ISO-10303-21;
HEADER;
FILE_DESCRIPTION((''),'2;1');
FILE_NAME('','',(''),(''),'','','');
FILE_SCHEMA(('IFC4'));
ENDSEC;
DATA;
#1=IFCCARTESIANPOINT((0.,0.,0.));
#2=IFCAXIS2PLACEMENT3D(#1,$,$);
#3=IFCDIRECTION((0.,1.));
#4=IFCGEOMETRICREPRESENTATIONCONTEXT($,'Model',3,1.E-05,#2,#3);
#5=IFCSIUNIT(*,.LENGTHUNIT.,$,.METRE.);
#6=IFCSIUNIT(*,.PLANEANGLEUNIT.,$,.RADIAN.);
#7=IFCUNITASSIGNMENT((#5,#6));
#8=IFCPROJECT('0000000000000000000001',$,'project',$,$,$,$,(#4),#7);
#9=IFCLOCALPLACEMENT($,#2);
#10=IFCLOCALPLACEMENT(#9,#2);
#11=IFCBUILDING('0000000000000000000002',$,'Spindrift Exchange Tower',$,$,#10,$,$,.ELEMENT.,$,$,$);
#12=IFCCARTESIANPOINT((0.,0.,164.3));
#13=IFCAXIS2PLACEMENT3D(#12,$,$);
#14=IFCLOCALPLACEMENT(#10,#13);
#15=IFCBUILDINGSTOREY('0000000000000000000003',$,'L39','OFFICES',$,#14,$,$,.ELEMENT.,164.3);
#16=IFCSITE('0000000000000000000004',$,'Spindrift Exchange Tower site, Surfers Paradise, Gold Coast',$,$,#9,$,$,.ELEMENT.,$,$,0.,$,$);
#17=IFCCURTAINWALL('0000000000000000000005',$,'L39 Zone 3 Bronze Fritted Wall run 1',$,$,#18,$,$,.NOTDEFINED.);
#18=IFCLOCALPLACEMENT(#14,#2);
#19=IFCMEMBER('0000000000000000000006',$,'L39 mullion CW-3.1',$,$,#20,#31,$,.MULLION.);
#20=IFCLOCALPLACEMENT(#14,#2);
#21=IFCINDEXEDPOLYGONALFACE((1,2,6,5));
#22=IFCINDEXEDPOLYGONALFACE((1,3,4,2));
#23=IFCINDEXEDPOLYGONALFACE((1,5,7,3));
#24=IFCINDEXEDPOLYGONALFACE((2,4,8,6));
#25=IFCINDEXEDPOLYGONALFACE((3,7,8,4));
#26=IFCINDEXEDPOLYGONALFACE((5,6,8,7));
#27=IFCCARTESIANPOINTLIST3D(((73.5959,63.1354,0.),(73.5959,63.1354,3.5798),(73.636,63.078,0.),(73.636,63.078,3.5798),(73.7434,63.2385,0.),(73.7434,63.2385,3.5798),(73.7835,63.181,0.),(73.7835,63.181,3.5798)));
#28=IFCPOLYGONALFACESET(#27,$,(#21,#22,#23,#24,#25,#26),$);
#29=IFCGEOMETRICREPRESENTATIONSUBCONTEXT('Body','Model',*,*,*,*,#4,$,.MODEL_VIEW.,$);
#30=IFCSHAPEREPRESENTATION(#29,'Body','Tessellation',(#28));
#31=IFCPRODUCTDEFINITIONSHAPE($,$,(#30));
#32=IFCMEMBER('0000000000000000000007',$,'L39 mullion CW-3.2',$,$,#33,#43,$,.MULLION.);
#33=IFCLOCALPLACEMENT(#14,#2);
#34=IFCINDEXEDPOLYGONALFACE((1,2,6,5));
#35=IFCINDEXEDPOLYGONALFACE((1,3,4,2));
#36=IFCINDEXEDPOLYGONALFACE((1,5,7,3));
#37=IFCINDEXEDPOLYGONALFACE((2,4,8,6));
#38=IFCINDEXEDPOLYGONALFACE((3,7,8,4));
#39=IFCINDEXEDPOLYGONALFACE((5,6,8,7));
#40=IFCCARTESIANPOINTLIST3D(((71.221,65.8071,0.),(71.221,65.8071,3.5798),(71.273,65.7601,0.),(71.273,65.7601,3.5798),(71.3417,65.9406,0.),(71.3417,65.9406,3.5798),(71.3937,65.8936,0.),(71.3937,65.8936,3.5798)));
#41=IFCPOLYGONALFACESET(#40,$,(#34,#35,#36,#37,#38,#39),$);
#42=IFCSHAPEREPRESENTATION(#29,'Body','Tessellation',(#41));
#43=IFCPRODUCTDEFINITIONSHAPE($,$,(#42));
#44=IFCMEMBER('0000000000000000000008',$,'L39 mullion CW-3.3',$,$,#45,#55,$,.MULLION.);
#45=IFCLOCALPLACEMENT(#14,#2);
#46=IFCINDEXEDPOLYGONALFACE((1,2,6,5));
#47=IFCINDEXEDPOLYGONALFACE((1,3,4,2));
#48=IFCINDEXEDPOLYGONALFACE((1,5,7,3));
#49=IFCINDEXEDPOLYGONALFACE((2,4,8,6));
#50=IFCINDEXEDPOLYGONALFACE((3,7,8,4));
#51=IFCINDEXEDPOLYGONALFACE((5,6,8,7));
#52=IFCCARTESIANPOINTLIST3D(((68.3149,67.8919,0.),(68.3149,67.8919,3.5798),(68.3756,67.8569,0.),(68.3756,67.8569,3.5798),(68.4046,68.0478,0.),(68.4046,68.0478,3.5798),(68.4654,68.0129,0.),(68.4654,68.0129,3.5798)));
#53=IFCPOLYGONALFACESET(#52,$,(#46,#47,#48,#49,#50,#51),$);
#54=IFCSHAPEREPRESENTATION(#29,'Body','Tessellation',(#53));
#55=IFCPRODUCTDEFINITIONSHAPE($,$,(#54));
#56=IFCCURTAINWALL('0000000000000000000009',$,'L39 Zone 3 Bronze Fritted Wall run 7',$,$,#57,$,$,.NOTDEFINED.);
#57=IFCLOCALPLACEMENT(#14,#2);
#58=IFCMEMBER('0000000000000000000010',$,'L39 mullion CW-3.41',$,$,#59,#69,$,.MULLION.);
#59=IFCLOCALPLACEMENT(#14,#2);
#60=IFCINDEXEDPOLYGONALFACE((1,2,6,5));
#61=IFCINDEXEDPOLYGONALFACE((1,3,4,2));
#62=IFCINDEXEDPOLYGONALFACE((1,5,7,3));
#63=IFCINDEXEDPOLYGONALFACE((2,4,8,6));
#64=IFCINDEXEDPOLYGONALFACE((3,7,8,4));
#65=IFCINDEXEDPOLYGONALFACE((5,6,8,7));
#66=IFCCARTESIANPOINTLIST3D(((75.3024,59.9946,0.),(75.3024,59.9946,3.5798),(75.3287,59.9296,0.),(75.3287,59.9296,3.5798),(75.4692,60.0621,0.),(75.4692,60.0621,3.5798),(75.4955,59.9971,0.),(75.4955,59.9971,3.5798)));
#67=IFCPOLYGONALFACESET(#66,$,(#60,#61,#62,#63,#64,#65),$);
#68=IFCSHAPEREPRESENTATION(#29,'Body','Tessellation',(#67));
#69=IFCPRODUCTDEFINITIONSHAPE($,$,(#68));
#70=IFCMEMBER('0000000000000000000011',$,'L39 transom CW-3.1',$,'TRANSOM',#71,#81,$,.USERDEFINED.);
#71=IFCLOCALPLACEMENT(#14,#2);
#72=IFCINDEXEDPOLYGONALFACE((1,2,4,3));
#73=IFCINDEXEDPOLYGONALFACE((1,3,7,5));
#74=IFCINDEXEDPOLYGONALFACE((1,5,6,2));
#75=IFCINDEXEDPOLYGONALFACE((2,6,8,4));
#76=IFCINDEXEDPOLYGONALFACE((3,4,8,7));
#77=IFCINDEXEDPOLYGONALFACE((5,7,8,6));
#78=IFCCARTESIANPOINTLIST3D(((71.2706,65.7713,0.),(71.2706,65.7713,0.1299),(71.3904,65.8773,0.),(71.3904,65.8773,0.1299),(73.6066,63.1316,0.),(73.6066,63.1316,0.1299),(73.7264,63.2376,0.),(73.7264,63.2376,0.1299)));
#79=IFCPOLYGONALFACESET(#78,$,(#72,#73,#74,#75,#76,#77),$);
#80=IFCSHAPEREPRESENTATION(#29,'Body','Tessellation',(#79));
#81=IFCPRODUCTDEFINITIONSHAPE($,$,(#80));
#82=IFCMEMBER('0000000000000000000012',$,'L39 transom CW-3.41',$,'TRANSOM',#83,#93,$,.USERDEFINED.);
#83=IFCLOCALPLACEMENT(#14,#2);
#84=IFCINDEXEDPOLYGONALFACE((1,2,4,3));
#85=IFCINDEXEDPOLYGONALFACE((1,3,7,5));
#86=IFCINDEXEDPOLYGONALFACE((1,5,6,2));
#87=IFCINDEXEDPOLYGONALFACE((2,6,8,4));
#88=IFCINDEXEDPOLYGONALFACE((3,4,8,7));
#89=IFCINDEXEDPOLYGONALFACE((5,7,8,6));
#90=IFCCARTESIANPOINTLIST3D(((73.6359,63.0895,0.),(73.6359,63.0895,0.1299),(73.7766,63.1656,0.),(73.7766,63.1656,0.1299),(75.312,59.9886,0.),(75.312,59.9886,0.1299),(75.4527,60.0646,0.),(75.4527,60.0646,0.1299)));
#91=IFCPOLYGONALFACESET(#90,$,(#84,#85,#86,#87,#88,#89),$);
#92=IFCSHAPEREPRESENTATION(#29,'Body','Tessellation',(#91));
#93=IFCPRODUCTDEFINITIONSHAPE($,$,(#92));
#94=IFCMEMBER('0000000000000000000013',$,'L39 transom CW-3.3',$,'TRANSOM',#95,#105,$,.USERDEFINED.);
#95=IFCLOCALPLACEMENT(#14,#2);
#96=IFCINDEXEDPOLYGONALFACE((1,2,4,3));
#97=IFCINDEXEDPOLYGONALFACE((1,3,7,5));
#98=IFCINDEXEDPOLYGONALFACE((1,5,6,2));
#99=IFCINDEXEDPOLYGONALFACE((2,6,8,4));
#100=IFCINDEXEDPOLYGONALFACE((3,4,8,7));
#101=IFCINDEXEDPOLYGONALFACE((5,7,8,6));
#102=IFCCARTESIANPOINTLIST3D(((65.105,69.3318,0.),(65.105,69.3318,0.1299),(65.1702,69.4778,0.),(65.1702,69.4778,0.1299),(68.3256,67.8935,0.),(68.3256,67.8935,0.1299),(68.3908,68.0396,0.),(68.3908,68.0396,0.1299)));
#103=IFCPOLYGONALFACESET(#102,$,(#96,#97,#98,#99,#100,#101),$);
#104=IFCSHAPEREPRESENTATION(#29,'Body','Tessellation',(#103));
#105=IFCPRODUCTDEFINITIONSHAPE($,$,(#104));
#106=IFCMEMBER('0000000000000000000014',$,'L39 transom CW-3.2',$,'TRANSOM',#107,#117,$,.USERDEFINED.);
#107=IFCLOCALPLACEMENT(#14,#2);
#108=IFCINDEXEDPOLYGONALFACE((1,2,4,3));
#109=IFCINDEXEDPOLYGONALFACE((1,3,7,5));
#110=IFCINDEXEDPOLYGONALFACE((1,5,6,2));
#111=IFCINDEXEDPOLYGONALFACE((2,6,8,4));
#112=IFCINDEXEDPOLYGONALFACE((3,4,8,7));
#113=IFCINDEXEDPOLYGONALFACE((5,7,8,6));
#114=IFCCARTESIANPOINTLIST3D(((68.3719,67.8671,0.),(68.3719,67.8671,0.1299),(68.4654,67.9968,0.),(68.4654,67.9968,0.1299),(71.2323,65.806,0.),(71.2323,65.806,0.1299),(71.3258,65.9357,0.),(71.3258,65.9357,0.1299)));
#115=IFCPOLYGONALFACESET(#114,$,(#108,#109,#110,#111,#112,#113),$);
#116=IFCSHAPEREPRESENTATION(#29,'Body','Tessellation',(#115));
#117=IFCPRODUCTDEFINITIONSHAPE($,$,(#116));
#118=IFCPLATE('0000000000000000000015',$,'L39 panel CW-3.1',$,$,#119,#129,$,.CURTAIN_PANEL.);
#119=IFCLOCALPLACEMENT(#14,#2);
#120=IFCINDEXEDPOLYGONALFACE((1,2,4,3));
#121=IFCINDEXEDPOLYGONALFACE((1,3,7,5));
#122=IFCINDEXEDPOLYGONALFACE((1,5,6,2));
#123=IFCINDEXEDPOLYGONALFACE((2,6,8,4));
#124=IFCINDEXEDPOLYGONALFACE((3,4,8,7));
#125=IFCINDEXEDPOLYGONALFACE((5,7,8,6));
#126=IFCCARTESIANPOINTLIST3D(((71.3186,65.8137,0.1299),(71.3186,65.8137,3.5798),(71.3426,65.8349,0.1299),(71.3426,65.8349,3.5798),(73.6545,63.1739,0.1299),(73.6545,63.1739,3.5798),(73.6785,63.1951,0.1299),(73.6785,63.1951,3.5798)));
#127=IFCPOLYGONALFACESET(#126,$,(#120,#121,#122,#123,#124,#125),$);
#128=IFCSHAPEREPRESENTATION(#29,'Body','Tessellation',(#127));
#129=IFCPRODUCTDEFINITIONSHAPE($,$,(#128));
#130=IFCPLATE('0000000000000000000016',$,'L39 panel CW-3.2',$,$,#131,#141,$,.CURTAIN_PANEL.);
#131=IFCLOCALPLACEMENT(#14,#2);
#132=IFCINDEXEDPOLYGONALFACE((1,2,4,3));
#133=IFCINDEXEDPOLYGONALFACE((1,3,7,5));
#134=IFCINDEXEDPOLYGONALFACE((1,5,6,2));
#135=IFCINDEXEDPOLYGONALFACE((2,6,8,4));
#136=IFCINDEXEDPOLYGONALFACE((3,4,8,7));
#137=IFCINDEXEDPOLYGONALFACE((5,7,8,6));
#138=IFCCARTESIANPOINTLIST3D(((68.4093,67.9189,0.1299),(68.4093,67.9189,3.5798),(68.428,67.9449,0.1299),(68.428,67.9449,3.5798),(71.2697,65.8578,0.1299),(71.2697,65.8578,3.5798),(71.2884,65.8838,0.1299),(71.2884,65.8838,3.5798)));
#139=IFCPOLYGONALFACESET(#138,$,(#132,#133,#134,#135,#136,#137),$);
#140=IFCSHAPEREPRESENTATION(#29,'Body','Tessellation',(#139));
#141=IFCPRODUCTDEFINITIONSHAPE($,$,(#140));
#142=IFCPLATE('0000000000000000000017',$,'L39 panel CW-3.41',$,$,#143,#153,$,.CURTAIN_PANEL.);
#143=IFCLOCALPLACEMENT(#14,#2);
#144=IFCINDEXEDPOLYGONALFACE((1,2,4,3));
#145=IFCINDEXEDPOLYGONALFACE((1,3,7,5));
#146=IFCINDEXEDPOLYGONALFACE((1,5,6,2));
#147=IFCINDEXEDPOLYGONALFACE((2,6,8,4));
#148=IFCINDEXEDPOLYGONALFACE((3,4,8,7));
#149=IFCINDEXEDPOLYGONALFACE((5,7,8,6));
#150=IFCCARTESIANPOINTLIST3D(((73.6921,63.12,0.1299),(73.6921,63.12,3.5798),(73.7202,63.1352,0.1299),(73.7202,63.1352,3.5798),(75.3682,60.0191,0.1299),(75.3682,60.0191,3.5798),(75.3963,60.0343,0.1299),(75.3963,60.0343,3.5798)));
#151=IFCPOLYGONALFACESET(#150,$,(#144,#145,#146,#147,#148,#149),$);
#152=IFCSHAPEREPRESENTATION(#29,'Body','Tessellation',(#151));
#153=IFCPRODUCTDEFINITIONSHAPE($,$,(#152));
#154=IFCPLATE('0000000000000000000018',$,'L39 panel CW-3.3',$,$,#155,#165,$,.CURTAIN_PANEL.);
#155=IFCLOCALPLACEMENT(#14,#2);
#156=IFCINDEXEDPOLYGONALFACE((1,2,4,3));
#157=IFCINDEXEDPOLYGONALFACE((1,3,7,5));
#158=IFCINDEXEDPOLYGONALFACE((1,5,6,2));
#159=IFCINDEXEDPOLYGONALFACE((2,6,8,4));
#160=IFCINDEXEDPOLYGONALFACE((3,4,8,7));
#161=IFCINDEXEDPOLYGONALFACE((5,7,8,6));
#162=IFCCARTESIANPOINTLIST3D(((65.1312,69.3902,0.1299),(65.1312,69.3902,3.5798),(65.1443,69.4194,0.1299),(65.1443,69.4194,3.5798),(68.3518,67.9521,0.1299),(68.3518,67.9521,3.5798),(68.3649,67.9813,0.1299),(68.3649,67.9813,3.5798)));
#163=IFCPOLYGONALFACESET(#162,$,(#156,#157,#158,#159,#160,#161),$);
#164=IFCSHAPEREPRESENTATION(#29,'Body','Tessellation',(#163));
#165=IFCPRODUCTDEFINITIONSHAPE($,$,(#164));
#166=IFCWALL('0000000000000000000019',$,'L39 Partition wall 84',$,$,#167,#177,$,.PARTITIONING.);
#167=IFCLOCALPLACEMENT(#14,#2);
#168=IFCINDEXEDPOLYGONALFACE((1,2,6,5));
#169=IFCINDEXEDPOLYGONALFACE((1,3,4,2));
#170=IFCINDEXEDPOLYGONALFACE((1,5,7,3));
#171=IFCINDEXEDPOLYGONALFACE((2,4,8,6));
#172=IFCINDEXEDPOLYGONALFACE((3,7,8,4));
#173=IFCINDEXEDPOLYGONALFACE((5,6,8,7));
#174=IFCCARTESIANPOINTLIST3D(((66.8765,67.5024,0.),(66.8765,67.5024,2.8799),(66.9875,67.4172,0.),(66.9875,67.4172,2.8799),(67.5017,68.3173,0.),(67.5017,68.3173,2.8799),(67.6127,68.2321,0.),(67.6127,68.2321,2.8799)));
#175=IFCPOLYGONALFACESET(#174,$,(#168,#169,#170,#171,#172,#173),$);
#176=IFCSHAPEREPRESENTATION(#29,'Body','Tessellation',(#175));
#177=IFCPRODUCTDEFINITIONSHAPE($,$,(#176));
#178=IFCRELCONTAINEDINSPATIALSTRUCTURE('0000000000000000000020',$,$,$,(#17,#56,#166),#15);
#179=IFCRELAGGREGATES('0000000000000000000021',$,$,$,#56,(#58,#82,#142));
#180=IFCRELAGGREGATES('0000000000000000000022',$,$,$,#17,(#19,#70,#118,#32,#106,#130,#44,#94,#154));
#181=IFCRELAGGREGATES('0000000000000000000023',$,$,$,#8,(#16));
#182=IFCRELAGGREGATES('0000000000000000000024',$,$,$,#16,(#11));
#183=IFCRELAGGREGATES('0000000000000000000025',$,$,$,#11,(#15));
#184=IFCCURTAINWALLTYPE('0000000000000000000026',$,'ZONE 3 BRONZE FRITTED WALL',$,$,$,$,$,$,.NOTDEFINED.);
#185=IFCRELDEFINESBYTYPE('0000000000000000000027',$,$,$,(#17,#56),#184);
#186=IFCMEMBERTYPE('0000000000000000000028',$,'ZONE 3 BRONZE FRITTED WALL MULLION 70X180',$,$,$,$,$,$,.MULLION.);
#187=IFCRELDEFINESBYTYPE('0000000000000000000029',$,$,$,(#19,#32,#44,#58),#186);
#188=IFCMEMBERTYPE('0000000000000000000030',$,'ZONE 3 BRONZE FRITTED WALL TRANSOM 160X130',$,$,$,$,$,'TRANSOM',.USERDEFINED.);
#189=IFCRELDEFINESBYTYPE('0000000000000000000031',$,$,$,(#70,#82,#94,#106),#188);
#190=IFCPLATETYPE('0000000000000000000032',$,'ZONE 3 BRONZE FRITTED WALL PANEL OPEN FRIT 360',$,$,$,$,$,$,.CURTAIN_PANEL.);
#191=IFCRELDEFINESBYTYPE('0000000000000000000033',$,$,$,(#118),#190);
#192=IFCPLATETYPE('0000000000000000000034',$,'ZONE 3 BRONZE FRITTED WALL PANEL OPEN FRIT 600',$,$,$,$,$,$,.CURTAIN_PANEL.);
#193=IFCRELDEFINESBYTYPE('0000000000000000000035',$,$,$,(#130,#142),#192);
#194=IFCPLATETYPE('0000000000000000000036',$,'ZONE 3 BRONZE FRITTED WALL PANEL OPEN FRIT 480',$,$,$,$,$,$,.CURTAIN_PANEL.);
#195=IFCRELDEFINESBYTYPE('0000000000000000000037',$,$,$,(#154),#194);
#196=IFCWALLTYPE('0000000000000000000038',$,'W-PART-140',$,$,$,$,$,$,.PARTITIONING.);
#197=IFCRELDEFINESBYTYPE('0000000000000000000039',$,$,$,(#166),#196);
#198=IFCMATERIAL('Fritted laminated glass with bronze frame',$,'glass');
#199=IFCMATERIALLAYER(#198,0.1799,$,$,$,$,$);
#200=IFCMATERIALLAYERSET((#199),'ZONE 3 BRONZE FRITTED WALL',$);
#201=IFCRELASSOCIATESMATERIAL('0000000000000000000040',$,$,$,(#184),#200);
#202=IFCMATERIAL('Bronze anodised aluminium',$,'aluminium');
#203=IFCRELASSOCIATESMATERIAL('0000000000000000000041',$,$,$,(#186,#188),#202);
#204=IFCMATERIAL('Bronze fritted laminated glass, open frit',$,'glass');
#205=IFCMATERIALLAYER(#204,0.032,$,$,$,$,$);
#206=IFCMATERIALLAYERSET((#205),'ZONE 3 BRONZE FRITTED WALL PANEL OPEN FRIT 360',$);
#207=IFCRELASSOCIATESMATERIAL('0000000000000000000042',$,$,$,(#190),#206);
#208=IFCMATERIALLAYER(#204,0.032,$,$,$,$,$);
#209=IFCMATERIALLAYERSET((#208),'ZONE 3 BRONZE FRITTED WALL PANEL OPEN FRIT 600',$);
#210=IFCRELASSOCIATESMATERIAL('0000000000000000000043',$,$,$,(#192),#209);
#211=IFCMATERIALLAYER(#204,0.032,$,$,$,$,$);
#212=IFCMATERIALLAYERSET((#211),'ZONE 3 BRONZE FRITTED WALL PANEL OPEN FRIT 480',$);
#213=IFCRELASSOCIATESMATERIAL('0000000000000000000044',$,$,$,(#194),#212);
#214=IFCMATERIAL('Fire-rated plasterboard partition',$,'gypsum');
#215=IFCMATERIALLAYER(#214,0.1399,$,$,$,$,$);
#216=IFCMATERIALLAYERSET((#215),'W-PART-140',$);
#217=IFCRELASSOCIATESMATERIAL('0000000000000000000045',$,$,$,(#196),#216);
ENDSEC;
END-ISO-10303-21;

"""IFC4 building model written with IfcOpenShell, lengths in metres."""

from ifc_helpers import new_model, si_unit, direction, frame, frame_2d, origin, origin_2d, place, context, subcontext, project, spatial, rectangle, extrude, source, transform, mapped, material, layer, layer_set, material_profile, profile_set, type_object, element, aggregate, save


model = new_model("IFC4")

# Units and contexts
model_context = context("Model", 3, precision=1e-05, world=origin(), true_north=direction((0.0, 1.0)))
body_context = subcontext(model_context, "Body", "Model", "MODEL_VIEW")
ifc_project = project(units=[si_unit("LENGTHUNIT", "METRE"), si_unit("PLANEANGLEUNIT", "RADIAN")], contexts=[model_context])

# Site, building, storey
site_placement = place(None, origin())
site = spatial("IfcSite", under=ifc_project, at=site_placement, Name="Spindrift Exchange Tower site, Surfers Paradise, Gold Coast", CompositionType="ELEMENT", RefElevation=0.0)
building_placement = place(site_placement, origin())
building = spatial("IfcBuilding", under=site, at=building_placement, Name="Spindrift Exchange Tower", CompositionType="ELEMENT")
storey_placement = place(building_placement, frame((0.0, 0.0, 164.3)))
storey = spatial("IfcBuildingStorey", under=building, at=storey_placement, Name="L39", Description="OFFICES", CompositionType="ELEMENT", Elevation=164.3)

# Curtain wall, members
ifc_material_1 = material(Name="Fritted laminated glass with bronze frame", Category="glass")
ifc_layer_1 = layer(ifc_material_1, 0.1799)
ifc_layer_set_1 = layer_set([ifc_layer_1], Name="ZONE 3 BRONZE FRITTED WALL")
curtain_wall_type = type_object("IfcCurtainWallType", Name="ZONE 3 BRONZE FRITTED WALL", PredefinedType="NOTDEFINED", material=ifc_layer_set_1)
curtain_wall_1_placement = place(storey_placement, origin())
curtain_wall_1 = element("IfcCurtainWall", 1, at=curtain_wall_1_placement, inside=storey, type_object=curtain_wall_type, Name="L39 Zone 3 Bronze Fritted Wall run 1", PredefinedType="NOTDEFINED")
ifc_material_2 = material(Name="Bronze anodised aluminium", Category="aluminium")
ifc_material_profile_1 = material_profile(ifc_material_2, rectangle(XDim=0.0701, YDim=0.1799, at=origin_2d()), Name="ZONE 3 BRONZE FRITTED WALL MULLION 70X180")
ifc_profile_set_1 = profile_set([ifc_material_profile_1], Name="Bronze anodised aluminium")
member_type_1 = type_object("IfcMemberType", Name="ZONE 3 BRONZE FRITTED WALL MULLION 70X180", PredefinedType="MULLION", material=ifc_profile_set_1)
shared_shape_1 = source(origin(), body_context, "Body", "SweptSolid", [
    extrude(rectangle(XDim=0.0701, YDim=0.1799, at=origin_2d()), origin(), (0.0, 0.0, 1.0), 3.5798),
])
member_1_placement = place(storey_placement, frame((73.6897, 63.1582, 0.0), z_axis=(0.0, 0.0, 1.0), x_axis=(-0.572838, 0.819669, 0.0)))
member_1 = element("IfcMember", 2, at=member_1_placement, type_object=member_type_1, Name="L39 mullion CW-3.1", PredefinedType="MULLION", context=body_context, shape_type="MappedRepresentation", body=[
    mapped(shared_shape_1, transform((0.0, 0.0, 0.0), scale=1.0)),
])
member_2_placement = place(storey_placement, frame((71.3074, 65.8503, 0.0), z_axis=(0.0, 0.0, 1.0), x_axis=(-0.741568, 0.670877, 0.0)))
member_2 = element("IfcMember", 3, at=member_2_placement, type_object=member_type_1, Name="L39 mullion CW-3.2", PredefinedType="MULLION", context=body_context, shape_type="MappedRepresentation", body=[
    mapped(shared_shape_1, transform((0.0, 0.0, 0.0), scale=1.0)),
])
member_3_placement = place(storey_placement, frame((68.3901, 67.9524, 0.0), z_axis=(0.0, 0.0, 1.0), x_axis=(-0.866735, 0.498769, 0.0)))
member_3 = element("IfcMember", 4, at=member_3_placement, type_object=member_type_1, Name="L39 mullion CW-3.3", PredefinedType="MULLION", context=body_context, shape_type="MappedRepresentation", body=[
    mapped(shared_shape_1, transform((0.0, 0.0, 0.0), scale=1.0)),
])

# Curtain wall, member
curtain_wall_2_placement = place(storey_placement, origin())
curtain_wall_2 = element("IfcCurtainWall", 5, at=curtain_wall_2_placement, inside=storey, type_object=curtain_wall_type, Name="L39 Zone 3 Bronze Fritted Wall run 7", PredefinedType="NOTDEFINED")
member_4_placement = place(storey_placement, frame((75.3989, 59.9958, 0.0), z_axis=(0.0, 0.0, 1.0), x_axis=(-0.375124, 0.926975, 0.0)))
member_4 = element("IfcMember", 6, at=member_4_placement, type_object=member_type_1, Name="L39 mullion CW-3.41", PredefinedType="MULLION", context=body_context, shape_type="MappedRepresentation", body=[
    mapped(shared_shape_1, transform((0.0, 0.0, 0.0), scale=1.0)),
])

# Members
ifc_material_profile_2 = material_profile(ifc_material_2, rectangle(XDim=0.1599, YDim=0.1299, at=origin_2d()), Name="ZONE 3 BRONZE FRITTED WALL TRANSOM 160X130")
ifc_profile_set_2 = profile_set([ifc_material_profile_2], Name="Bronze anodised aluminium")
member_type_2 = type_object("IfcMemberType", Name="ZONE 3 BRONZE FRITTED WALL TRANSOM 160X130", ElementType="TRANSOM", PredefinedType="USERDEFINED", material=ifc_profile_set_2)
shared_shape_2 = source(origin(), body_context, "Body", "SweptSolid", [
    extrude(rectangle(XDim=0.1599, YDim=0.1299, at=origin_2d()), origin(), (0.0, 0.0, 1.0), 3.5249),
])
member_5_placement = place(storey_placement, frame((73.6665, 63.1846, 0.0649), z_axis=(-0.662711, 0.748875, 0.0), x_axis=(-0.748875, -0.662711, 0.0)))
member_5 = element("IfcMember", 7, at=member_5_placement, type_object=member_type_2, Name="L39 transom CW-3.1", ObjectType="TRANSOM", PredefinedType="USERDEFINED", context=body_context, shape_type="MappedRepresentation", body=[
    mapped(shared_shape_2, transform((0.0, 0.0, 0.0), scale=1.0)),
])
member_6_placement = place(storey_placement, frame((75.3823, 60.0266, 0.0649), z_axis=(-0.475495, 0.879718, 0.0), x_axis=(-0.879718, -0.475495, 0.0)))
member_6 = element("IfcMember", 8, at=member_6_placement, type_object=member_type_2, Name="L39 transom CW-3.41", ObjectType="TRANSOM", PredefinedType="USERDEFINED", context=body_context, shape_type="MappedRepresentation", body=[
    mapped(shared_shape_2, transform((0.0, 0.0, 0.0), scale=1.0)),
])
shared_shape_3 = source(origin(), body_context, "Body", "SweptSolid", [
    extrude(rectangle(XDim=0.1599, YDim=0.1299, at=origin_2d()), origin(), (0.0, 0.0, 1.0), 3.5271),
])
member_7_placement = place(storey_placement, frame((68.3582, 67.9666, 0.0649), z_axis=(-0.913082, 0.407776, 0.0), x_axis=(-0.407776, -0.913082, 0.0)))
member_7 = element("IfcMember", 9, at=member_7_placement, type_object=member_type_2, Name="L39 transom CW-3.3", ObjectType="TRANSOM", PredefinedType="USERDEFINED", context=body_context, shape_type="MappedRepresentation", body=[
    mapped(shared_shape_3, transform((0.0, 0.0, 0.0), scale=1.0)),
])
shared_shape_4 = source(origin(), body_context, "Body", "SweptSolid", [
    extrude(rectangle(XDim=0.1599, YDim=0.1299, at=origin_2d()), origin(), (0.0, 0.0, 1.0), 3.5256),
])
member_8_placement = place(storey_placement, frame((71.2791, 65.8708, 0.0649), z_axis=(-0.811322, 0.5846, 0.0), x_axis=(-0.5846, -0.811322, 0.0)))
member_8 = element("IfcMember", 10, at=member_8_placement, type_object=member_type_2, Name="L39 transom CW-3.2", ObjectType="TRANSOM", PredefinedType="USERDEFINED", context=body_context, shape_type="MappedRepresentation", body=[
    mapped(shared_shape_4, transform((0.0, 0.0, 0.0), scale=1.0)),
])

# Plates
ifc_material_3 = material(Name="Bronze fritted laminated glass, open frit", Category="glass")
ifc_layer_2 = layer(ifc_material_3, 0.032)
ifc_layer_set_2 = layer_set([ifc_layer_2], Name="ZONE 3 BRONZE FRITTED WALL PANEL OPEN FRIT 360")
plate_type_1 = type_object("IfcPlateType", Name="ZONE 3 BRONZE FRITTED WALL PANEL OPEN FRIT 360", PredefinedType="CURTAIN_PANEL", material=ifc_layer_set_2)
shared_shape_5 = source(origin(), body_context, "Body", "SweptSolid", [
    extrude(rectangle(XDim=3.5249, YDim=0.032, at=origin_2d()), origin(), (0.0, 0.0, 1.0), 3.45),
])
plate_1_placement = place(storey_placement, frame((72.4985, 64.5044, 0.1299), z_axis=(0.0, 0.0, 1.0), x_axis=(-0.662687, 0.748897, 0.0)))
plate_1 = element("IfcPlate", 11, at=plate_1_placement, type_object=plate_type_1, Name="L39 panel CW-3.1", PredefinedType="CURTAIN_PANEL", context=body_context, shape_type="MappedRepresentation", body=[
    mapped(shared_shape_5, transform((0.0, 0.0, 0.0), scale=1.0)),
])
ifc_layer_3 = layer(ifc_material_3, 0.032)
ifc_layer_set_3 = layer_set([ifc_layer_3], Name="ZONE 3 BRONZE FRITTED WALL PANEL OPEN FRIT 600")
plate_type_2 = type_object("IfcPlateType", Name="ZONE 3 BRONZE FRITTED WALL PANEL OPEN FRIT 600", PredefinedType="CURTAIN_PANEL", material=ifc_layer_set_3)
shared_shape_6 = source(origin(), body_context, "Body", "SweptSolid", [
    extrude(rectangle(XDim=3.5256, YDim=0.032, at=origin_2d()), origin(), (0.0, 0.0, 1.0), 3.45),
])
plate_2_placement = place(storey_placement, frame((69.8489, 66.9014, 0.1299), z_axis=(0.0, 0.0, 1.0), x_axis=(-0.811321, 0.584601, 0.0)))
plate_2 = element("IfcPlate", 12, at=plate_2_placement, type_object=plate_type_2, Name="L39 panel CW-3.2", PredefinedType="CURTAIN_PANEL", context=body_context, shape_type="MappedRepresentation", body=[
    mapped(shared_shape_6, transform((0.0, 0.0, 0.0), scale=1.0)),
])
shared_shape_7 = source(origin(), body_context, "Body", "SweptSolid", [
    extrude(rectangle(XDim=3.5249, YDim=0.032, at=origin_2d()), origin(), (0.0, 0.0, 1.0), 3.45),
])
plate_3_placement = place(storey_placement, frame((74.5442, 61.5771, 0.1299), z_axis=(0.0, 0.0, 1.0), x_axis=(-0.475494, 0.879719, 0.0)))
plate_3 = element("IfcPlate", 13, at=plate_3_placement, type_object=plate_type_2, Name="L39 panel CW-3.41", PredefinedType="CURTAIN_PANEL", context=body_context, shape_type="MappedRepresentation", body=[
    mapped(shared_shape_7, transform((0.0, 0.0, 0.0), scale=1.0)),
])
aggregate(curtain_wall_2, [member_4, member_6, plate_3])
ifc_layer_4 = layer(ifc_material_3, 0.032)
ifc_layer_set_4 = layer_set([ifc_layer_4], Name="ZONE 3 BRONZE FRITTED WALL PANEL OPEN FRIT 480")
plate_type_3 = type_object("IfcPlateType", Name="ZONE 3 BRONZE FRITTED WALL PANEL OPEN FRIT 480", PredefinedType="CURTAIN_PANEL", material=ifc_layer_set_4)
shared_shape_8 = source(origin(), body_context, "Body", "SweptSolid", [
    extrude(rectangle(XDim=3.5271, YDim=0.032, at=origin_2d()), origin(), (0.0, 0.0, 1.0), 3.45),
])
plate_4_placement = place(storey_placement, frame((66.748, 68.6858, 0.1299), z_axis=(0.0, 0.0, 1.0), x_axis=(-0.913102, 0.407731, 0.0)))
plate_4 = element("IfcPlate", 14, at=plate_4_placement, type_object=plate_type_3, Name="L39 panel CW-3.3", PredefinedType="CURTAIN_PANEL", context=body_context, shape_type="MappedRepresentation", body=[
    mapped(shared_shape_8, transform((0.0, 0.0, 0.0), scale=1.0)),
])
aggregate(curtain_wall_1, [member_1, member_5, plate_1, member_2, member_8, plate_2, member_3, member_7, plate_4])

# Wall
ifc_material_4 = material(Name="Fire-rated plasterboard partition", Category="gypsum")
ifc_layer_5 = layer(ifc_material_4, 0.1399)
ifc_layer_set_5 = layer_set([ifc_layer_5], Name="W-PART-140")
wall_type = type_object("IfcWallType", Name="W-PART-140", PredefinedType="PARTITIONING", material=ifc_layer_set_5)
wall_1_placement = place(storey_placement, frame((66.9319, 67.4597, 0.0), z_axis=(0.0, 0.0, 1.0), x_axis=(0.608711, 0.793392, 0.0)))
element("IfcWall", 15, at=wall_1_placement, inside=storey, type_object=wall_type, Name="L39 Partition wall 84", PredefinedType="PARTITIONING", context=body_context, shape_type="SweptSolid", body=[
    extrude(rectangle(XDim=1.0271, YDim=0.1399, at=frame_2d((0.5137, 0.0))), origin(), (0.0, 0.0, 1.0), 2.8799),
])

save(model, "model.ifc")
